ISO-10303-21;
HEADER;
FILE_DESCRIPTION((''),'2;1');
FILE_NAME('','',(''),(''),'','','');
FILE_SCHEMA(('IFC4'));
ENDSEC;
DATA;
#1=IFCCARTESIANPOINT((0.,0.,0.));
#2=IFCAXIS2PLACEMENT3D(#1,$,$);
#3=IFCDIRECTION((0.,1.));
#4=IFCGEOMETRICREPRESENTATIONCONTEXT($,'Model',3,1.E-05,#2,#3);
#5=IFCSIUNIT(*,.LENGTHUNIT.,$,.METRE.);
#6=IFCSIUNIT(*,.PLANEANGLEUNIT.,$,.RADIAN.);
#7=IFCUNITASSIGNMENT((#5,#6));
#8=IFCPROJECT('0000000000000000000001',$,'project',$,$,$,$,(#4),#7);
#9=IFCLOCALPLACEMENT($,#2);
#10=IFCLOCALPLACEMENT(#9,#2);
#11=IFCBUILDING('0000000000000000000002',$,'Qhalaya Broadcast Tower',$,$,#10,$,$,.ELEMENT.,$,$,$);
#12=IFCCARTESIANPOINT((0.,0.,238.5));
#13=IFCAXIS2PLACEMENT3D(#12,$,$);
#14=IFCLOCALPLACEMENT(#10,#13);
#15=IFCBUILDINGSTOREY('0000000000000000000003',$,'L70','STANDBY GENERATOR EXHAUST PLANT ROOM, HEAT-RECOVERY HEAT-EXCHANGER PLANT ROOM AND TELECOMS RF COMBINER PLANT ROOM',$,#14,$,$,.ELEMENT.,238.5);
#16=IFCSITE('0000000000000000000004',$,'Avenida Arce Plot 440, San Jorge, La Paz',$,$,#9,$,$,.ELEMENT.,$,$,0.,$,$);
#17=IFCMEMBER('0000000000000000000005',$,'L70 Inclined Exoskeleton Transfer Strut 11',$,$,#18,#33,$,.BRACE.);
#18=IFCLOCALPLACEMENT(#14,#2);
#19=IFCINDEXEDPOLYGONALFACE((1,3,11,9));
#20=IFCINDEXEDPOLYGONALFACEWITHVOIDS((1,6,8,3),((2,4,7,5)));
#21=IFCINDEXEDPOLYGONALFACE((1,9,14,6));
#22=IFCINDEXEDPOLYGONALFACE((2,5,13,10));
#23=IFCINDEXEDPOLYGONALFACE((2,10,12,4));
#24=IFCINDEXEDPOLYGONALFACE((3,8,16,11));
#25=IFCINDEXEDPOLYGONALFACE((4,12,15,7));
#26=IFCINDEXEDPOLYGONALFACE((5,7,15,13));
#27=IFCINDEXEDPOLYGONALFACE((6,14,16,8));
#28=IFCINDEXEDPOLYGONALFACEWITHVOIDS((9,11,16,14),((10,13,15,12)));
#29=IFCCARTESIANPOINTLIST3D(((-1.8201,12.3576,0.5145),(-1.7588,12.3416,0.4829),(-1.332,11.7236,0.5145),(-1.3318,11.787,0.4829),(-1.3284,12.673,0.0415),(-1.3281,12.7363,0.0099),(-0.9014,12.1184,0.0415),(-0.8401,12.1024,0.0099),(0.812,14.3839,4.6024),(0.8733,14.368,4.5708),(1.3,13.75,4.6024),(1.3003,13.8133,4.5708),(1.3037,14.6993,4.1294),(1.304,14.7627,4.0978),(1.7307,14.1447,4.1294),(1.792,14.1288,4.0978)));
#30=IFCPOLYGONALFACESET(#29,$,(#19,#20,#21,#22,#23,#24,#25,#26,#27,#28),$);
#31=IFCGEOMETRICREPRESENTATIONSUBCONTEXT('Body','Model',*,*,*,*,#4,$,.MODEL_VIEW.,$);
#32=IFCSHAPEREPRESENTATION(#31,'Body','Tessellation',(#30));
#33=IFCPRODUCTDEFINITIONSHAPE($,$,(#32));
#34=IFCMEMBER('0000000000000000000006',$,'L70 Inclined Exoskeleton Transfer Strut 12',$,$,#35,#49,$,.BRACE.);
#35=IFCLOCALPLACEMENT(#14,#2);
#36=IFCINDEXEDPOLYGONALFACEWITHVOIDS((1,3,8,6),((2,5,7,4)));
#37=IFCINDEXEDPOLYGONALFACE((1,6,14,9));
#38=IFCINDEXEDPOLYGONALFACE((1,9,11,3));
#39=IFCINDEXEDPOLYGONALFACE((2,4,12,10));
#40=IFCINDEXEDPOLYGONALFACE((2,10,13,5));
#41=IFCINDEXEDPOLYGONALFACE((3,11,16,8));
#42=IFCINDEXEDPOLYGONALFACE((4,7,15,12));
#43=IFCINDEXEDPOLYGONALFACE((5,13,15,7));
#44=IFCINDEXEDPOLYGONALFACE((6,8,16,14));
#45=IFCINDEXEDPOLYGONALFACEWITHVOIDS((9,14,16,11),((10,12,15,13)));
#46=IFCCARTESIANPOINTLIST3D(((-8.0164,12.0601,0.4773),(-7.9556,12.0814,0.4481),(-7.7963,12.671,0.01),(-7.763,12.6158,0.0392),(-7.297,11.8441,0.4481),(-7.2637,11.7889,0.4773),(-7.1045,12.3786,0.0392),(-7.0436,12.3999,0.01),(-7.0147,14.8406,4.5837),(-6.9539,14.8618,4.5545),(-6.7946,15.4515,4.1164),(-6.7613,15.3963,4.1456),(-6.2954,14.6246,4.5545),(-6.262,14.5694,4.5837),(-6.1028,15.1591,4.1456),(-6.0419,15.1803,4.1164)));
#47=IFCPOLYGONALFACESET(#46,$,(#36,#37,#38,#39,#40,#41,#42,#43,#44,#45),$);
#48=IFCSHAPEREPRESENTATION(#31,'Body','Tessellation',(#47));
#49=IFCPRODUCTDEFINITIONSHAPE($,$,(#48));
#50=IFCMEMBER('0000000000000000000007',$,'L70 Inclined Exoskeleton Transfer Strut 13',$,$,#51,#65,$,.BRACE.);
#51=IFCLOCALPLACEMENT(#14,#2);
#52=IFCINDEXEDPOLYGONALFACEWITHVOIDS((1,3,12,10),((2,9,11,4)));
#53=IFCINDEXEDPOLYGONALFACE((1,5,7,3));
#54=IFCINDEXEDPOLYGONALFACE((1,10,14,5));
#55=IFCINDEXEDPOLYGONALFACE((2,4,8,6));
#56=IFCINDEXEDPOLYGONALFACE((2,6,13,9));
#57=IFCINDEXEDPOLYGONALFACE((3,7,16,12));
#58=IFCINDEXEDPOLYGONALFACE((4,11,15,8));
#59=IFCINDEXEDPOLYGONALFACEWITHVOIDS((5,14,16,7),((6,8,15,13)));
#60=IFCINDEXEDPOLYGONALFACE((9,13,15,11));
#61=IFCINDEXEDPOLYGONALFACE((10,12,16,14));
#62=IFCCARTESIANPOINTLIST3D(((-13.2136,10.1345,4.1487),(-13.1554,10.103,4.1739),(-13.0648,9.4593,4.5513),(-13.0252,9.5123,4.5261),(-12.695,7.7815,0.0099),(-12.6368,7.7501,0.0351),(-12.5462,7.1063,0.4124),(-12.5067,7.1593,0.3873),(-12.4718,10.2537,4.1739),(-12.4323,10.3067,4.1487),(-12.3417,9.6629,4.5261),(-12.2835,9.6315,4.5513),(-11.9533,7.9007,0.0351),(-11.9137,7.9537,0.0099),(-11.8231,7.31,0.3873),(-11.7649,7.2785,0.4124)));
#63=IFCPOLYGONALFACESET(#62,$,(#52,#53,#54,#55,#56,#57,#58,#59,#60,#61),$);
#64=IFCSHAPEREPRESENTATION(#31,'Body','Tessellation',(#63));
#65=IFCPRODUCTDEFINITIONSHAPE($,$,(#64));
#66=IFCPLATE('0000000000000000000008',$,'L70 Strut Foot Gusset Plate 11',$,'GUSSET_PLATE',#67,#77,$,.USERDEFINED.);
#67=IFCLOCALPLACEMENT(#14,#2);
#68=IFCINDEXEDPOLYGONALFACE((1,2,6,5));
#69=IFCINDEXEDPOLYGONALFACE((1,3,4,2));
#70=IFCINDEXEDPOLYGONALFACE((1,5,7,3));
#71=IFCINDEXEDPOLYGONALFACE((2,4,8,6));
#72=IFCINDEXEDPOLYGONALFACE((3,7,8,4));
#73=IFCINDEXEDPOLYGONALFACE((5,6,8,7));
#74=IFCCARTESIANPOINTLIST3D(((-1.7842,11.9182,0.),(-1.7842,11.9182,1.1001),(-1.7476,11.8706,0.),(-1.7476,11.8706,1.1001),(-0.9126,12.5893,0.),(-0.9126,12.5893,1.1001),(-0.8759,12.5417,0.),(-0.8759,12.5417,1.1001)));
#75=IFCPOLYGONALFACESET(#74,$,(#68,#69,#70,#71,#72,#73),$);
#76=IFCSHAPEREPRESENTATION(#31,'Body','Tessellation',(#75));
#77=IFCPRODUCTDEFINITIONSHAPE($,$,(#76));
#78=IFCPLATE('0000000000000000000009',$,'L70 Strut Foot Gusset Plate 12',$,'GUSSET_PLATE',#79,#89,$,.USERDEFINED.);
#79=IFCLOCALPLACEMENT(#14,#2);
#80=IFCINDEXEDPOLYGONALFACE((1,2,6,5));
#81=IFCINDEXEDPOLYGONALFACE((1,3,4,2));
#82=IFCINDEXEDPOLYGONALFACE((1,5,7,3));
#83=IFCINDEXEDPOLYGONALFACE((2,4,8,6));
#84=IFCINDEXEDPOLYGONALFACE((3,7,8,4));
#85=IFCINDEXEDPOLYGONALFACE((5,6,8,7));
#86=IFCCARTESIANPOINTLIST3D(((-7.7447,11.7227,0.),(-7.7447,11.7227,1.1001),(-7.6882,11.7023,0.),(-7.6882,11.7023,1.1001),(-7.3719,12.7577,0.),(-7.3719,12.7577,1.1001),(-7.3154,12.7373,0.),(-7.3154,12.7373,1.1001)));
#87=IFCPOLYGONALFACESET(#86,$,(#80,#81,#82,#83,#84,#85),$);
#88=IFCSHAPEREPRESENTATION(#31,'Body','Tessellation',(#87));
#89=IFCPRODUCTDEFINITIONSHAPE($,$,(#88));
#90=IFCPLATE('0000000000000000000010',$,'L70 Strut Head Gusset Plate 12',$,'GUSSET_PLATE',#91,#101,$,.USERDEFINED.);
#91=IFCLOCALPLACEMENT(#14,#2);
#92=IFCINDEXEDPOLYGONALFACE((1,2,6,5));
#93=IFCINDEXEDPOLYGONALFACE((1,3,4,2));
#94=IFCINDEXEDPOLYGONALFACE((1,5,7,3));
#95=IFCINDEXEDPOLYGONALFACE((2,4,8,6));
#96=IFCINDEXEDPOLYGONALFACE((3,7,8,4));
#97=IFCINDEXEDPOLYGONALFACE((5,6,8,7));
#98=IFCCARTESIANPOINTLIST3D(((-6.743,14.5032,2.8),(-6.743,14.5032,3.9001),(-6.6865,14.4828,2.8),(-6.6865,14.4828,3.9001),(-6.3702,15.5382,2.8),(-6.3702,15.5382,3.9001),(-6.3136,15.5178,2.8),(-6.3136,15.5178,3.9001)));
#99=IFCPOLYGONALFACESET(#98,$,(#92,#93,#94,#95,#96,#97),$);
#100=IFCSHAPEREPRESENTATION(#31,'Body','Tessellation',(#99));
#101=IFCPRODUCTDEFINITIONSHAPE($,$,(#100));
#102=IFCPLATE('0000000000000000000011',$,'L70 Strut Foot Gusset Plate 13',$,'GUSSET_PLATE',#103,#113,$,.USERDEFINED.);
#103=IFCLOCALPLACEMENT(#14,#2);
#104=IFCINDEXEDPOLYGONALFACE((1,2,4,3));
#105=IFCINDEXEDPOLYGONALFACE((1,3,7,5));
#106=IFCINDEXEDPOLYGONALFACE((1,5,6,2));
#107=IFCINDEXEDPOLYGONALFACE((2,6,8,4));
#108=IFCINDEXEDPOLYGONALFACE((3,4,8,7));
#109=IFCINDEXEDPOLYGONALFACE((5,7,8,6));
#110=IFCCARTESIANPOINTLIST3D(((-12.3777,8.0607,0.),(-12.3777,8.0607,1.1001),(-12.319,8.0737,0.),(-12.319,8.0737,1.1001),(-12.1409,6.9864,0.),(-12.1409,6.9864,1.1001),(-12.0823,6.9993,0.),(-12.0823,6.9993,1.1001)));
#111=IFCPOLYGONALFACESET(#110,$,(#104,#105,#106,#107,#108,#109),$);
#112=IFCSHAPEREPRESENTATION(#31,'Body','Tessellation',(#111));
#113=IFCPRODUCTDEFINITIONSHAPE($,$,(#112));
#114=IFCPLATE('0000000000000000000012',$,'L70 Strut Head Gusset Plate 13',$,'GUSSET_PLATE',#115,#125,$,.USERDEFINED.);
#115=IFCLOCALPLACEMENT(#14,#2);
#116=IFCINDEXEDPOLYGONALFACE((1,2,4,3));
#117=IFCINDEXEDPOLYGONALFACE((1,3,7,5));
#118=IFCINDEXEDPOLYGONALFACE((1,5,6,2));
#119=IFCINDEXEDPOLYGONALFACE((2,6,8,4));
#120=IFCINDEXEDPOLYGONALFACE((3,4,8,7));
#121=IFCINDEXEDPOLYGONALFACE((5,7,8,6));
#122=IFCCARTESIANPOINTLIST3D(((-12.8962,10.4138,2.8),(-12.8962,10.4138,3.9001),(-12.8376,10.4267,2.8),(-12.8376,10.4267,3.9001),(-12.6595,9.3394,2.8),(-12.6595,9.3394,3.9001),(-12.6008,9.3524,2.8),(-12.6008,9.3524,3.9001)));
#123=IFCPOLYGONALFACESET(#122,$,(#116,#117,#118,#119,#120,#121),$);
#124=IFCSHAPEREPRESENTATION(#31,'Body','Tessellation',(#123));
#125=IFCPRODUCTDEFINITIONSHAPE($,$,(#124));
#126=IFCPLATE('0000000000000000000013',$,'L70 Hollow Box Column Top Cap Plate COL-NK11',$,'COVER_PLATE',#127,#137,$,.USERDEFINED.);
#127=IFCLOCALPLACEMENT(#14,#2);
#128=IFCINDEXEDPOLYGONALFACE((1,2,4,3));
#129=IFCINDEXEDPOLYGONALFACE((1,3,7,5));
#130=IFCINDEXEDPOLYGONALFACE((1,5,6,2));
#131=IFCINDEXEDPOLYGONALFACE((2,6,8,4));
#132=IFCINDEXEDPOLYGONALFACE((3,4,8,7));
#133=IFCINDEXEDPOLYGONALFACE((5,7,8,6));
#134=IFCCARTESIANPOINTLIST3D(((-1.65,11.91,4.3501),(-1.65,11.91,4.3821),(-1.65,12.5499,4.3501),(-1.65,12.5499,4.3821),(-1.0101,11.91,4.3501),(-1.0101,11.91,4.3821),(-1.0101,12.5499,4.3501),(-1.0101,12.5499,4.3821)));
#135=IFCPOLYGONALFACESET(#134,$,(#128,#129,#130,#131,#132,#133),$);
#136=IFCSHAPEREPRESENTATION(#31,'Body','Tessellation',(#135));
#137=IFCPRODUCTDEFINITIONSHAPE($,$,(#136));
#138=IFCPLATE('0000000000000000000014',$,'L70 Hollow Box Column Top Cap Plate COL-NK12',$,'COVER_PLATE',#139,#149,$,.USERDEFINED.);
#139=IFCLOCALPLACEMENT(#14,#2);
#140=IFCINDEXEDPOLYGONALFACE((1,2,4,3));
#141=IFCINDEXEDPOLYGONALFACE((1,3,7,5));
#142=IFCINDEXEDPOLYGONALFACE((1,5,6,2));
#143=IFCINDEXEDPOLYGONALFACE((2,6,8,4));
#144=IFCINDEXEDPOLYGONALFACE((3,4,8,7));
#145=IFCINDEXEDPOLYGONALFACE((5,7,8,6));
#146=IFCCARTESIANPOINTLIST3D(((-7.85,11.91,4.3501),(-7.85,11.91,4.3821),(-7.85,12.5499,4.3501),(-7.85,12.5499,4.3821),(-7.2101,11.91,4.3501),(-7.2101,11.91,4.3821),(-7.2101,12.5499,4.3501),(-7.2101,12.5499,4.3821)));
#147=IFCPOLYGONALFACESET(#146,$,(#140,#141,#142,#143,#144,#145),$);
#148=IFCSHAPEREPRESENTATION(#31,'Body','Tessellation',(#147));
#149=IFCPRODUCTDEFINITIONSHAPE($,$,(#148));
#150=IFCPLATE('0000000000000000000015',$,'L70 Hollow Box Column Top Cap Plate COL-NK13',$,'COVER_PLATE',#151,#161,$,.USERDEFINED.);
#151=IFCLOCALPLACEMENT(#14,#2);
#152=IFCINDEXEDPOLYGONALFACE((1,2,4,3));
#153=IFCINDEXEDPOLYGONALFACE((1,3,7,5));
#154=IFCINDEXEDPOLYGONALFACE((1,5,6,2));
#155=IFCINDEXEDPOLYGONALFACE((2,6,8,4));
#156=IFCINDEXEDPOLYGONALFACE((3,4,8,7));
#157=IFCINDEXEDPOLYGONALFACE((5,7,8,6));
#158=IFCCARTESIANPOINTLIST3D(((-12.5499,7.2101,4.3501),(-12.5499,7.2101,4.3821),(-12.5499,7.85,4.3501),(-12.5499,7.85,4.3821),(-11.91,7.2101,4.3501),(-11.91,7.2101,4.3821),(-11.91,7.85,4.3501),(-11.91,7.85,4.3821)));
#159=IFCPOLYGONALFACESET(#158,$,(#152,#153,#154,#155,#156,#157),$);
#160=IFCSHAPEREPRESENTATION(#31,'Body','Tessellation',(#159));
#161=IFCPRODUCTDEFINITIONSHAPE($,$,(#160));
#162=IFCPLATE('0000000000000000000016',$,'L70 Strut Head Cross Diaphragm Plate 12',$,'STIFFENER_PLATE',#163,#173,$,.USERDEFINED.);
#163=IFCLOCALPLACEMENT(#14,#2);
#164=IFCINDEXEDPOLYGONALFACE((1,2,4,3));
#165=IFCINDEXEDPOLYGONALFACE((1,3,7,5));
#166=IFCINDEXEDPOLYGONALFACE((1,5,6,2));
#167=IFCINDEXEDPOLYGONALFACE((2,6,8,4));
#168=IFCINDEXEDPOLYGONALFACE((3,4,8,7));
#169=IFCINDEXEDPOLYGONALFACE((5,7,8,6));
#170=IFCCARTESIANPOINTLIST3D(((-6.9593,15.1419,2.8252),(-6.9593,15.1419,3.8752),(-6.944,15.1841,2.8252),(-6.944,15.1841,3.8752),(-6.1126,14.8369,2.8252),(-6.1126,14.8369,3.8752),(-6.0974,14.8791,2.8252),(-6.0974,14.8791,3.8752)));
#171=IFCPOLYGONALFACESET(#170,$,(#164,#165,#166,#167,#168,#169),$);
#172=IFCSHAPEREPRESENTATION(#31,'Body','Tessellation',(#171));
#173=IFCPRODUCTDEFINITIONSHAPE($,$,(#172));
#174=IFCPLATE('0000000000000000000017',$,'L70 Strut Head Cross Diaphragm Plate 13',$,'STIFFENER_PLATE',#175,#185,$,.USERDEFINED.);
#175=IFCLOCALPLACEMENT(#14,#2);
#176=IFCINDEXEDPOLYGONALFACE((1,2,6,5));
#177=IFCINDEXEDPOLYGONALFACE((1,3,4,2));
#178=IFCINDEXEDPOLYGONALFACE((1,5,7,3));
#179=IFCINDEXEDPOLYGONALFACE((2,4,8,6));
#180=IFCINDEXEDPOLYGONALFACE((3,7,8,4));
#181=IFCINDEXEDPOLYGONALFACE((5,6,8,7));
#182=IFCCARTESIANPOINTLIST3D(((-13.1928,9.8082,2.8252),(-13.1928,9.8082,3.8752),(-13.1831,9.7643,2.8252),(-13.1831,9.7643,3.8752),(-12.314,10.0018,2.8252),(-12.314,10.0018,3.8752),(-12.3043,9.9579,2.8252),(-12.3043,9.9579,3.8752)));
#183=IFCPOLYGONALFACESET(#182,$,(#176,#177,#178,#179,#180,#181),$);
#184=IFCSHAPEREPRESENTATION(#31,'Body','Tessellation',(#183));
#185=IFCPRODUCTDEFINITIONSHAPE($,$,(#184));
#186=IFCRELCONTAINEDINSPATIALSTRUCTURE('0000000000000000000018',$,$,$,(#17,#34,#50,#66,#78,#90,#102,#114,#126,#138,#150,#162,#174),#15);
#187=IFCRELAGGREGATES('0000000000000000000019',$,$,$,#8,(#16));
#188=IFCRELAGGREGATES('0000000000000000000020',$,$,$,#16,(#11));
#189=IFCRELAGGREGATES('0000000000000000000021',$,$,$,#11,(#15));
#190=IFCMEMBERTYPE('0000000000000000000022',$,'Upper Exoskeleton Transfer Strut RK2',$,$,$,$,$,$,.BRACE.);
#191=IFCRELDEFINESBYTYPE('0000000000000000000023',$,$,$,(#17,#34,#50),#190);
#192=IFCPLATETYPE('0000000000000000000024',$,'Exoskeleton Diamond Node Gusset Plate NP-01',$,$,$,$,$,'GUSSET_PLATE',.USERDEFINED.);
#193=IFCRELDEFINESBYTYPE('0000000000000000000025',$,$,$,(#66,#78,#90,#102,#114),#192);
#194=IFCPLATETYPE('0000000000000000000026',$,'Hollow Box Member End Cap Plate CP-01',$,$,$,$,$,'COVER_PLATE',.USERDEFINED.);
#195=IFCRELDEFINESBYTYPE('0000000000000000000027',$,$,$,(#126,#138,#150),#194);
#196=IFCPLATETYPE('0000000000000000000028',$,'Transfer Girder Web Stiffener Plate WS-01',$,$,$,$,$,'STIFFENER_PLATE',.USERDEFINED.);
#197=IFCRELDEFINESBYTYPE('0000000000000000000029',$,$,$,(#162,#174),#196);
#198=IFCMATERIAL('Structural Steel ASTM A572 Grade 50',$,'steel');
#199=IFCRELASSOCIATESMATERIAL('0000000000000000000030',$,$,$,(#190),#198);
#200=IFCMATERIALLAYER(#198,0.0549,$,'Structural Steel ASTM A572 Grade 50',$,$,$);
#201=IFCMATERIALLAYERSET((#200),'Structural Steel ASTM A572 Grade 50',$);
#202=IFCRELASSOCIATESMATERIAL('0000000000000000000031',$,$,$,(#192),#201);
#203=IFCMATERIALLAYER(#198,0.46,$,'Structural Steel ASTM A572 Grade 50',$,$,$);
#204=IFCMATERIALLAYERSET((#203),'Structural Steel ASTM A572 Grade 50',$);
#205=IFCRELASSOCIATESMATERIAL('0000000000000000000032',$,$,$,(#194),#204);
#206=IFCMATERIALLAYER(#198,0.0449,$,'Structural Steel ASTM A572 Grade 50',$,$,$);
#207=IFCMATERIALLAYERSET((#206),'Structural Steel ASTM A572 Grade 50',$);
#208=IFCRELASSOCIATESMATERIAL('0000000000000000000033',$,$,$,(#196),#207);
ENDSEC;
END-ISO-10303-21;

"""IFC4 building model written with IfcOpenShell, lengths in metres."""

from ifc_helpers import new_model, si_unit, direction, frame, origin, origin_2d, place, context, subcontext, project, spatial, rectangle, hollow_rectangle, extrude, material, layer, layer_set, material_profile, profile_set, type_object, element, save


model = new_model("IFC4")

# Units and contexts
model_context = context("Model", 3, precision=1e-05, world=origin(), true_north=direction((0.0, 1.0)))
body_context = subcontext(model_context, "Body", "Model", "MODEL_VIEW")
ifc_project = project(units=[si_unit("LENGTHUNIT", "METRE"), si_unit("PLANEANGLEUNIT", "RADIAN")], contexts=[model_context])

# Site, building, storey
site_placement = place(None, origin())
site = spatial("IfcSite", under=ifc_project, at=site_placement, Name="Avenida Arce Plot 440, San Jorge, La Paz", CompositionType="ELEMENT", RefElevation=0.0)
building_placement = place(site_placement, origin())
building = spatial("IfcBuilding", under=site, at=building_placement, Name="Qhalaya Broadcast Tower", CompositionType="ELEMENT")
storey_placement = place(building_placement, frame((0.0, 0.0, 238.5)))
storey = spatial("IfcBuildingStorey", under=building, at=storey_placement, Name="L70", Description="STANDBY GENERATOR EXHAUST PLANT ROOM, HEAT-RECOVERY HEAT-EXCHANGER PLANT ROOM AND TELECOMS RF COMBINER PLANT ROOM", CompositionType="ELEMENT", Elevation=238.5)

# Shared definitions
ifc_material_1 = material(Name="Structural Steel ASTM A572 Grade 50", Category="steel")

# Members
ifc_material_profile_1 = material_profile(ifc_material_1, hollow_rectangle(XDim=0.8, YDim=0.8, WallThickness=0.05, at=origin_2d()), Name="BOX 800x800x50")
ifc_profile_set_1 = profile_set([ifc_material_profile_1], Name="Structural Steel ASTM A572 Grade 50")
member_type = type_object("IfcMemberType", Name="Upper Exoskeleton Transfer Strut RK2", PredefinedType="BRACE", material=ifc_profile_set_1)
member_1_placement = place(storey_placement, frame((-1.3301, 12.23, 0.2622), z_axis=(0.499698, 0.384704, 0.776083), x_axis=(-0.61003, 0.792378, 0.0)))
element("IfcMember", 1, at=member_1_placement, inside=storey, type_object=member_type, Name="L70 Inclined Exoskeleton Transfer Strut 11", PredefinedType="BRACE", context=body_context, shape_type="SweptSolid", body=[
    extrude(hollow_rectangle(XDim=0.8, YDim=0.8, WallThickness=0.05, at=origin_2d()), origin(), (0.0, 0.0, 1.0), 5.2673),
])
member_2_placement = place(storey_placement, frame((-7.53, 12.23, 0.2437), z_axis=(0.197989, 0.549574, 0.811646), x_axis=(-0.940809, 0.338936, 0.0)))
element("IfcMember", 2, at=member_2_placement, inside=storey, type_object=member_type, Name="L70 Inclined Exoskeleton Transfer Strut 12", PredefinedType="BRACE", context=body_context, shape_type="SweptSolid", body=[
    extrude(hollow_rectangle(XDim=0.8, YDim=0.8, WallThickness=0.05, at=origin_2d()), origin(), (0.0, 0.0, 1.0), 5.0593),
])
member_3_placement = place(storey_placement, frame((-12.23, 7.53, 0.2112), z_axis=(-0.108276, 0.491321, 0.864222), x_axis=(-0.976567, -0.215214, 0.0)))
element("IfcMember", 3, at=member_3_placement, inside=storey, type_object=member_type, Name="L70 Inclined Exoskeleton Transfer Strut 13", PredefinedType="BRACE", context=body_context, shape_type="SweptSolid", body=[
    extrude(hollow_rectangle(XDim=0.8, YDim=0.8, WallThickness=0.05, at=origin_2d()), origin(), (0.0, 0.0, 1.0), 4.7891),
])

# Plates
ifc_layer_1 = layer(ifc_material_1, 0.0549, Name="Structural Steel ASTM A572 Grade 50")
ifc_layer_set_1 = layer_set([ifc_layer_1], Name="Structural Steel ASTM A572 Grade 50")
plate_type_1 = type_object("IfcPlateType", Name="Exoskeleton Diamond Node Gusset Plate NP-01", ElementType="GUSSET_PLATE", PredefinedType="USERDEFINED", material=ifc_layer_set_1)
for number, where, z_axis, x_axis, name in (
    (4, (-1.3301, 12.23, 0.0), (0.0, 0.0, 1.0), (0.792375, 0.610035, 0.0), "L70 Strut Foot Gusset Plate 11"),
    (5, (-7.53, 12.23, 0.0), (0.0, 0.0, 1.0), (0.338919, 0.940816, 0.0), "L70 Strut Foot Gusset Plate 12"),
    (6, (-6.5283, 15.0105, 2.8), (0.0, 0.0, 1.0), (0.338919, 0.940816, 0.0), "L70 Strut Head Gusset Plate 12"),
    (7, (-12.23, 7.53, 0.0), (0.0, 0.0, 1.0), (-0.215196, 0.976571, 0.0), "L70 Strut Foot Gusset Plate 13"),
    (8, (-12.7485, 9.8831, 2.8), (0.0, 0.0, 1.0), (-0.215196, 0.976571, 0.0), "L70 Strut Head Gusset Plate 13"),
):
    element("IfcPlate", number, at=place(storey_placement, frame(where, z_axis=z_axis, x_axis=x_axis)), inside=storey, type_object=plate_type_1, Name=name, ObjectType="GUSSET_PLATE", PredefinedType="USERDEFINED", context=body_context, shape_type="SweptSolid", body=[
        extrude(rectangle(XDim=1.1001, YDim=0.0601, at=origin_2d()), origin(), (0.0, 0.0, 1.0), 1.1001),
    ])
ifc_layer_2 = layer(ifc_material_1, 0.46, Name="Structural Steel ASTM A572 Grade 50")
ifc_layer_set_2 = layer_set([ifc_layer_2], Name="Structural Steel ASTM A572 Grade 50")
plate_type_2 = type_object("IfcPlateType", Name="Hollow Box Member End Cap Plate CP-01", ElementType="COVER_PLATE", PredefinedType="USERDEFINED", material=ifc_layer_set_2)
for number, where, z_axis, x_axis, name in (
    (9, (-1.3301, 12.23, 4.3501), (0.0, 0.0, 1.0), (1.0, 0.0, 0.0), "L70 Hollow Box Column Top Cap Plate COL-NK11"),
    (10, (-7.53, 12.23, 4.3501), (0.0, 0.0, 1.0), (1.0, 0.0, 0.0), "L70 Hollow Box Column Top Cap Plate COL-NK12"),
    (11, (-12.23, 7.53, 4.3501), (0.0, 0.0, 1.0), (0.0, 1.0, 0.0), "L70 Hollow Box Column Top Cap Plate COL-NK13"),
):
    element("IfcPlate", number, at=place(storey_placement, frame(where, z_axis=z_axis, x_axis=x_axis)), inside=storey, type_object=plate_type_2, Name=name, ObjectType="COVER_PLATE", PredefinedType="USERDEFINED", context=body_context, shape_type="SweptSolid", body=[
        extrude(rectangle(XDim=0.6399, YDim=0.6399, at=origin_2d()), origin(), (0.0, 0.0, 1.0), 0.032),
    ])
ifc_layer_3 = layer(ifc_material_1, 0.0449, Name="Structural Steel ASTM A572 Grade 50")
ifc_layer_set_3 = layer_set([ifc_layer_3], Name="Structural Steel ASTM A572 Grade 50")
plate_type_3 = type_object("IfcPlateType", Name="Transfer Girder Web Stiffener Plate WS-01", ElementType="STIFFENER_PLATE", PredefinedType="USERDEFINED", material=ifc_layer_set_3)
for number, where, z_axis, x_axis, name in (
    (12, (-6.5283, 15.0105, 2.8252), (0.0, 0.0, 1.0), (-0.940816, 0.338919, 0.0), "L70 Strut Head Cross Diaphragm Plate 12"),
    (13, (-12.7485, 9.8831, 2.8252), (0.0, 0.0, 1.0), (-0.976571, -0.215196, 0.0), "L70 Strut Head Cross Diaphragm Plate 13"),
):
    element("IfcPlate", number, at=place(storey_placement, frame(where, z_axis=z_axis, x_axis=x_axis)), inside=storey, type_object=plate_type_3, Name=name, ObjectType="STIFFENER_PLATE", PredefinedType="USERDEFINED", context=body_context, shape_type="SweptSolid", body=[
        extrude(rectangle(XDim=0.8999, YDim=0.0449, at=origin_2d()), origin(), (0.0, 0.0, 1.0), 1.05),
    ])

save(model, "model.ifc")
